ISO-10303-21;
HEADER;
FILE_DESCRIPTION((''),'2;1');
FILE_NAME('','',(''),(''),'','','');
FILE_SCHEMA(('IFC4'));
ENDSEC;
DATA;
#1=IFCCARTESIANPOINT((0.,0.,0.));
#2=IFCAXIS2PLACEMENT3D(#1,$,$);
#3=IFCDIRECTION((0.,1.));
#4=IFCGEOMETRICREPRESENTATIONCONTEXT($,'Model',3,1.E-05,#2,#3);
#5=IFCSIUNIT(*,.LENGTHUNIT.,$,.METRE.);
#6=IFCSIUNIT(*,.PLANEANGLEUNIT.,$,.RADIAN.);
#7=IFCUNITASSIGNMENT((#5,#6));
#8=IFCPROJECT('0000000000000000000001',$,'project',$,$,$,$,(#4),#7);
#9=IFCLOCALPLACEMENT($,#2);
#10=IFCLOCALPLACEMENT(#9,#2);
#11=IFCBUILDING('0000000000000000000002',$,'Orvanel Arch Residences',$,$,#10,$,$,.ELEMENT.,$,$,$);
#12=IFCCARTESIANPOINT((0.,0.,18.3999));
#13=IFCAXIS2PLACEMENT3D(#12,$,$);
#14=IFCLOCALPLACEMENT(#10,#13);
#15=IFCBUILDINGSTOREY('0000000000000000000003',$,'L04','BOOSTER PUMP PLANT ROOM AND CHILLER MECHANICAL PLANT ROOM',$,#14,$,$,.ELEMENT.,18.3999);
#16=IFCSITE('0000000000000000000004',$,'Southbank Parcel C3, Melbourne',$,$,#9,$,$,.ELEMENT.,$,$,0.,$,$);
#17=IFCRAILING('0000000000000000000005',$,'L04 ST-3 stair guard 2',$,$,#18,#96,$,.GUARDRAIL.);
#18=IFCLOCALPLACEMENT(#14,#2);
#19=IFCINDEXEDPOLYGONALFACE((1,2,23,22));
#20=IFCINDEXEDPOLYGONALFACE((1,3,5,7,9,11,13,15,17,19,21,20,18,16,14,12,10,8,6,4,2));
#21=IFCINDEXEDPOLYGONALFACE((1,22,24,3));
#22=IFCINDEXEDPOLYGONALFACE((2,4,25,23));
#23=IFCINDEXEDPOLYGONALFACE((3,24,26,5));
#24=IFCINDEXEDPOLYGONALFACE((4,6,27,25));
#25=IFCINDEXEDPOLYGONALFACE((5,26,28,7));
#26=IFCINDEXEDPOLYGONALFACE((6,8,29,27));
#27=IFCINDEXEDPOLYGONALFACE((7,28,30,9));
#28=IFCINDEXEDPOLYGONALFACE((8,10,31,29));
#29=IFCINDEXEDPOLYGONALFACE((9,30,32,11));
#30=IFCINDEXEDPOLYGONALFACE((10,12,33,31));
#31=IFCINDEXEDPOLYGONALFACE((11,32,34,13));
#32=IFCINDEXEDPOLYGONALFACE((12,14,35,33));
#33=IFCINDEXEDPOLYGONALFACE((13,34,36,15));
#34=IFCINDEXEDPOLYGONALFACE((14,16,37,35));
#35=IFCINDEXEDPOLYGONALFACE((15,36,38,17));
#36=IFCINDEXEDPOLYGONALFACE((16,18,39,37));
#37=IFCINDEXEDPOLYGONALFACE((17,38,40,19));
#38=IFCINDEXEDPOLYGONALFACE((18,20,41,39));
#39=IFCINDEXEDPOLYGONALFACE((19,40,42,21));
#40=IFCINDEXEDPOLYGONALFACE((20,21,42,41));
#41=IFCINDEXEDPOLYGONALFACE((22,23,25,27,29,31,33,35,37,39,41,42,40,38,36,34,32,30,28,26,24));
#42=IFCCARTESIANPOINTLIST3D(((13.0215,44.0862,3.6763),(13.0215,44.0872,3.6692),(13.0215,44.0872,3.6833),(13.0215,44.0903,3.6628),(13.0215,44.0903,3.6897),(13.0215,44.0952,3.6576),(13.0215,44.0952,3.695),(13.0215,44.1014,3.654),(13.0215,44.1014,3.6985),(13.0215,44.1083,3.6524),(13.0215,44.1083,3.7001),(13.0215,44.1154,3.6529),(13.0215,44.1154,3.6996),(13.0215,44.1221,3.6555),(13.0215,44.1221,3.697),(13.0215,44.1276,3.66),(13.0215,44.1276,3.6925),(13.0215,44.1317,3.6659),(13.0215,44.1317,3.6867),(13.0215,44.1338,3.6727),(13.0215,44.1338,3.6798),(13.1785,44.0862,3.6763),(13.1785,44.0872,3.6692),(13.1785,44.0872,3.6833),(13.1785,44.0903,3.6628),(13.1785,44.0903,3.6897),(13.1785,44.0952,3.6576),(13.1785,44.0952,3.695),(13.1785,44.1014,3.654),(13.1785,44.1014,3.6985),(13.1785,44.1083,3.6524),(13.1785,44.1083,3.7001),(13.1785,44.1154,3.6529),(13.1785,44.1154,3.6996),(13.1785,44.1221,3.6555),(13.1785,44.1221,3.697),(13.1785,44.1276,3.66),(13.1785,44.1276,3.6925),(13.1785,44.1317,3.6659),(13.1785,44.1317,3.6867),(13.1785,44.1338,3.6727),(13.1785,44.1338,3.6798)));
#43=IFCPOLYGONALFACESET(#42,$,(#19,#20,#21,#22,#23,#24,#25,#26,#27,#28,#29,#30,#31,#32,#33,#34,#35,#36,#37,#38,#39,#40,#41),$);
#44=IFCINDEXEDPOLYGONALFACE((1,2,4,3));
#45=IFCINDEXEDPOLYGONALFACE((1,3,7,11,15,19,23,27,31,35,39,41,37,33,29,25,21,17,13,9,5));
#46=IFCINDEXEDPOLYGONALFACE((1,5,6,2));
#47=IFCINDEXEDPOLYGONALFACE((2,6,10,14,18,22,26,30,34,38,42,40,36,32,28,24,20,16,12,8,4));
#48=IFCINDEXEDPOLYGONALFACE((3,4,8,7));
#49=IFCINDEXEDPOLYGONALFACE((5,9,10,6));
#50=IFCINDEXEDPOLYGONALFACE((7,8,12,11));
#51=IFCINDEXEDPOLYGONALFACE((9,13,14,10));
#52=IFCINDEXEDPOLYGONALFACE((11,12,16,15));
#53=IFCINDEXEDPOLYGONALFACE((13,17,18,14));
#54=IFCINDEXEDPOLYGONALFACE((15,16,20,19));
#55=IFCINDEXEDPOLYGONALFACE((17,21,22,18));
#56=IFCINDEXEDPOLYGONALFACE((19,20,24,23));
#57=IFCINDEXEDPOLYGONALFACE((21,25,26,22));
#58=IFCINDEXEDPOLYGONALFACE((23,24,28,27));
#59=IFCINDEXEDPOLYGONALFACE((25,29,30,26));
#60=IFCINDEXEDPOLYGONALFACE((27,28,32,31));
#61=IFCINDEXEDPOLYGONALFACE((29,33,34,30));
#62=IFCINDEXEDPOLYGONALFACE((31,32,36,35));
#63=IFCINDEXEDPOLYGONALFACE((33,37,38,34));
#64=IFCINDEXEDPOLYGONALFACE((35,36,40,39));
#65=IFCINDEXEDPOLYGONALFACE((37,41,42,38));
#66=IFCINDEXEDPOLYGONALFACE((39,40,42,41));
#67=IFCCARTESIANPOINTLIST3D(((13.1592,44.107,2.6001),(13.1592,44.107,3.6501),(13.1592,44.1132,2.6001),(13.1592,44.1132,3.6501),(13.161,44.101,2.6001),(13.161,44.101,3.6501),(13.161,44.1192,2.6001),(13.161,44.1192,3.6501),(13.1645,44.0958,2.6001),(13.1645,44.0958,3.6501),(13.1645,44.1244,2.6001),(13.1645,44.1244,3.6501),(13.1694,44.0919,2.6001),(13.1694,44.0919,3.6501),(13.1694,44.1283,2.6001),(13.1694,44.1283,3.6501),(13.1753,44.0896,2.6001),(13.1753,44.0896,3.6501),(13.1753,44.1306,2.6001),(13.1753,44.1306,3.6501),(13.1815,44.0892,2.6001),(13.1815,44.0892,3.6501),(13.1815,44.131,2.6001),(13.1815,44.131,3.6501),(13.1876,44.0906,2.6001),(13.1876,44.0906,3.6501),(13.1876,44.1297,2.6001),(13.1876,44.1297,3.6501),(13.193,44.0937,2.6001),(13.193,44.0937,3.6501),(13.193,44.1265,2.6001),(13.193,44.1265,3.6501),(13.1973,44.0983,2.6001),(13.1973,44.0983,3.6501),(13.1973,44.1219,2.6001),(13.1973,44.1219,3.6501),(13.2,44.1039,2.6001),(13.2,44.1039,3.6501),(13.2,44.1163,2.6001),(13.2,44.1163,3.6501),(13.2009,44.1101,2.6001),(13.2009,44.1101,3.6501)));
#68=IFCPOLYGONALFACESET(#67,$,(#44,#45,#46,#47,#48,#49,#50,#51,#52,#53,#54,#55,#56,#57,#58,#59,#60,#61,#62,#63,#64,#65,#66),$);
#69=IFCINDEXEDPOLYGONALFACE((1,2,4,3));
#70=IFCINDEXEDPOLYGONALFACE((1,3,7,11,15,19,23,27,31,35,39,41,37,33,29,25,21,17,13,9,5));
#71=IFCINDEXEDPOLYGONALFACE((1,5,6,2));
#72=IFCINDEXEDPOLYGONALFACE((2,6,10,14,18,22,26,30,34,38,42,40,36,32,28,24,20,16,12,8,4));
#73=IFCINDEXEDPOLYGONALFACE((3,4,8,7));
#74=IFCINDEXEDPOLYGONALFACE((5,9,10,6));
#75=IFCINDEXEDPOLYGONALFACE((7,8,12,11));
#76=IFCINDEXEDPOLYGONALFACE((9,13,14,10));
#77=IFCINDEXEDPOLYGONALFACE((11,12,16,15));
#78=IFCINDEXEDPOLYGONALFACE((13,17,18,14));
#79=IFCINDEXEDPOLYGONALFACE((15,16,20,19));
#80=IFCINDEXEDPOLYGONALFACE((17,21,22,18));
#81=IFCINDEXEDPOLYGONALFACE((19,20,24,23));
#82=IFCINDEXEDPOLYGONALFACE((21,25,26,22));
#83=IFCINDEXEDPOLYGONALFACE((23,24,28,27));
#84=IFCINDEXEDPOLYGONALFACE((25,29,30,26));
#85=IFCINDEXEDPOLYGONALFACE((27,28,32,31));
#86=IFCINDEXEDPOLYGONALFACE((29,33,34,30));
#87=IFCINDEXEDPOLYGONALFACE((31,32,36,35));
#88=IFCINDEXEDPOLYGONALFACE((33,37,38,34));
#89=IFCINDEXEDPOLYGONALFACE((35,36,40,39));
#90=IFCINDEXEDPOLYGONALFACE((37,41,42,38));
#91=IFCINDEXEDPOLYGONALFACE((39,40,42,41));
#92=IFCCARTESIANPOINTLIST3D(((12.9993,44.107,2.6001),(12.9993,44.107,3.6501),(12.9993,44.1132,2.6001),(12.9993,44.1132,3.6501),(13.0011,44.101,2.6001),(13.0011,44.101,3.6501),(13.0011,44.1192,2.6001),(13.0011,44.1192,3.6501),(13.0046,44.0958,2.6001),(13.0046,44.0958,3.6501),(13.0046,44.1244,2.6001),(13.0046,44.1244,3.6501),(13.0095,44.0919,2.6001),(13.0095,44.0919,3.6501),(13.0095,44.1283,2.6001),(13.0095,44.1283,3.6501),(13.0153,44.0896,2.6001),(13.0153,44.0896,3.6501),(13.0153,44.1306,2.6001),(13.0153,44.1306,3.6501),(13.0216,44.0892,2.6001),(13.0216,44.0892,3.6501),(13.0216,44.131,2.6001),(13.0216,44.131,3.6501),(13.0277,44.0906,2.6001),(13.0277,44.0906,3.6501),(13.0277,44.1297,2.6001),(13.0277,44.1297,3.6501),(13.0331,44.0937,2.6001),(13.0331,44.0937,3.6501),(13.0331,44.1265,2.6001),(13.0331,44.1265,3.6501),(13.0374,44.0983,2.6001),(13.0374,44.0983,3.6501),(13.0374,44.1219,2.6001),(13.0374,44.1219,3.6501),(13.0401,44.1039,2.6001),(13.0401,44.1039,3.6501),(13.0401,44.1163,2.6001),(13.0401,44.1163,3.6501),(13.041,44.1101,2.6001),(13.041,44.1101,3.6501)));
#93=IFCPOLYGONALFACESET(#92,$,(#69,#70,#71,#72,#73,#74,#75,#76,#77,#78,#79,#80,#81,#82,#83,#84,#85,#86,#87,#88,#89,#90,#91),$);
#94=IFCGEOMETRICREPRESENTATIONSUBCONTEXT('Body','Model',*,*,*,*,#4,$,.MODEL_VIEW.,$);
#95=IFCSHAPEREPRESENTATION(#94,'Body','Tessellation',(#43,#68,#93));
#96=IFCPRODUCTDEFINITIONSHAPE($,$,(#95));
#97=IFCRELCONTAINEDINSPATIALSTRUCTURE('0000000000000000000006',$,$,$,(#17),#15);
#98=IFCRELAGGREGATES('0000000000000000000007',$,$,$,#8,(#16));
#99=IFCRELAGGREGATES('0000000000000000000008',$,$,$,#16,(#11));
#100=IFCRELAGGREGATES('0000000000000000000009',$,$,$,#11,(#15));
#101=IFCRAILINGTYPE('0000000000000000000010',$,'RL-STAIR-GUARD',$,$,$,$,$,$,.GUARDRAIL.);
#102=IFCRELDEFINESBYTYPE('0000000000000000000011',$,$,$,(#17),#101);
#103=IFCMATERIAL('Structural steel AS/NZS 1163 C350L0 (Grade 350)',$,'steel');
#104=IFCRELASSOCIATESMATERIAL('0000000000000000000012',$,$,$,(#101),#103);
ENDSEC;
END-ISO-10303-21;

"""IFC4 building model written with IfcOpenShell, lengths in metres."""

from ifc_helpers import new_model, si_unit, direction, frame, origin, origin_2d, place, context, subcontext, project, spatial, circle, extrude, material, type_object, element, save


model = new_model("IFC4")

# Units and contexts
model_context = context("Model", 3, precision=1e-05, world=origin(), true_north=direction((0.0, 1.0)))
body_context = subcontext(model_context, "Body", "Model", "MODEL_VIEW")
ifc_project = project(units=[si_unit("LENGTHUNIT", "METRE"), si_unit("PLANEANGLEUNIT", "RADIAN")], contexts=[model_context])

# Site, building, storey
site_placement = place(None, origin())
site = spatial("IfcSite", under=ifc_project, at=site_placement, Name="Southbank Parcel C3, Melbourne", CompositionType="ELEMENT", RefElevation=0.0)
building_placement = place(site_placement, origin())
building = spatial("IfcBuilding", under=site, at=building_placement, Name="Orvanel Arch Residences", CompositionType="ELEMENT")
storey_placement = place(building_placement, frame((0.0, 0.0, 18.3999)))
storey = spatial("IfcBuildingStorey", under=building, at=storey_placement, Name="L04", Description="BOOSTER PUMP PLANT ROOM AND CHILLER MECHANICAL PLANT ROOM", CompositionType="ELEMENT", Elevation=18.3999)

# Railing
ifc_material_1 = material(Name="Structural steel AS/NZS 1163 C350L0 (Grade 350)", Category="steel")
railing_type = type_object("IfcRailingType", Name="RL-STAIR-GUARD", PredefinedType="GUARDRAIL", material=ifc_material_1)
railing_1_placement = place(storey_placement, frame((13.1799, 44.1101, 2.6001)))
element("IfcRailing", 1, at=railing_1_placement, inside=storey, type_object=railing_type, Name="L04 ST-3 stair guard 2", PredefinedType="GUARDRAIL", context=body_context, shape_type="SweptSolid", body=[
    extrude(circle(Radius=0.0239, at=origin_2d()), frame((-0.0015, 0.0, 1.0762), z_axis=(-1.0, 0.0, 0.0), x_axis=(0.0, -1.0, 0.0)), (0.0, 0.0, 1.0), 0.157),
    extrude(circle(Radius=0.021, at=origin_2d()), origin(), (0.0, 0.0, 1.0), 1.05),
    extrude(circle(Radius=0.021, at=origin_2d()), frame((-0.1599, 0.0, 0.0)), (0.0, 0.0, 1.0), 1.05),
])

save(model, "model.ifc")
